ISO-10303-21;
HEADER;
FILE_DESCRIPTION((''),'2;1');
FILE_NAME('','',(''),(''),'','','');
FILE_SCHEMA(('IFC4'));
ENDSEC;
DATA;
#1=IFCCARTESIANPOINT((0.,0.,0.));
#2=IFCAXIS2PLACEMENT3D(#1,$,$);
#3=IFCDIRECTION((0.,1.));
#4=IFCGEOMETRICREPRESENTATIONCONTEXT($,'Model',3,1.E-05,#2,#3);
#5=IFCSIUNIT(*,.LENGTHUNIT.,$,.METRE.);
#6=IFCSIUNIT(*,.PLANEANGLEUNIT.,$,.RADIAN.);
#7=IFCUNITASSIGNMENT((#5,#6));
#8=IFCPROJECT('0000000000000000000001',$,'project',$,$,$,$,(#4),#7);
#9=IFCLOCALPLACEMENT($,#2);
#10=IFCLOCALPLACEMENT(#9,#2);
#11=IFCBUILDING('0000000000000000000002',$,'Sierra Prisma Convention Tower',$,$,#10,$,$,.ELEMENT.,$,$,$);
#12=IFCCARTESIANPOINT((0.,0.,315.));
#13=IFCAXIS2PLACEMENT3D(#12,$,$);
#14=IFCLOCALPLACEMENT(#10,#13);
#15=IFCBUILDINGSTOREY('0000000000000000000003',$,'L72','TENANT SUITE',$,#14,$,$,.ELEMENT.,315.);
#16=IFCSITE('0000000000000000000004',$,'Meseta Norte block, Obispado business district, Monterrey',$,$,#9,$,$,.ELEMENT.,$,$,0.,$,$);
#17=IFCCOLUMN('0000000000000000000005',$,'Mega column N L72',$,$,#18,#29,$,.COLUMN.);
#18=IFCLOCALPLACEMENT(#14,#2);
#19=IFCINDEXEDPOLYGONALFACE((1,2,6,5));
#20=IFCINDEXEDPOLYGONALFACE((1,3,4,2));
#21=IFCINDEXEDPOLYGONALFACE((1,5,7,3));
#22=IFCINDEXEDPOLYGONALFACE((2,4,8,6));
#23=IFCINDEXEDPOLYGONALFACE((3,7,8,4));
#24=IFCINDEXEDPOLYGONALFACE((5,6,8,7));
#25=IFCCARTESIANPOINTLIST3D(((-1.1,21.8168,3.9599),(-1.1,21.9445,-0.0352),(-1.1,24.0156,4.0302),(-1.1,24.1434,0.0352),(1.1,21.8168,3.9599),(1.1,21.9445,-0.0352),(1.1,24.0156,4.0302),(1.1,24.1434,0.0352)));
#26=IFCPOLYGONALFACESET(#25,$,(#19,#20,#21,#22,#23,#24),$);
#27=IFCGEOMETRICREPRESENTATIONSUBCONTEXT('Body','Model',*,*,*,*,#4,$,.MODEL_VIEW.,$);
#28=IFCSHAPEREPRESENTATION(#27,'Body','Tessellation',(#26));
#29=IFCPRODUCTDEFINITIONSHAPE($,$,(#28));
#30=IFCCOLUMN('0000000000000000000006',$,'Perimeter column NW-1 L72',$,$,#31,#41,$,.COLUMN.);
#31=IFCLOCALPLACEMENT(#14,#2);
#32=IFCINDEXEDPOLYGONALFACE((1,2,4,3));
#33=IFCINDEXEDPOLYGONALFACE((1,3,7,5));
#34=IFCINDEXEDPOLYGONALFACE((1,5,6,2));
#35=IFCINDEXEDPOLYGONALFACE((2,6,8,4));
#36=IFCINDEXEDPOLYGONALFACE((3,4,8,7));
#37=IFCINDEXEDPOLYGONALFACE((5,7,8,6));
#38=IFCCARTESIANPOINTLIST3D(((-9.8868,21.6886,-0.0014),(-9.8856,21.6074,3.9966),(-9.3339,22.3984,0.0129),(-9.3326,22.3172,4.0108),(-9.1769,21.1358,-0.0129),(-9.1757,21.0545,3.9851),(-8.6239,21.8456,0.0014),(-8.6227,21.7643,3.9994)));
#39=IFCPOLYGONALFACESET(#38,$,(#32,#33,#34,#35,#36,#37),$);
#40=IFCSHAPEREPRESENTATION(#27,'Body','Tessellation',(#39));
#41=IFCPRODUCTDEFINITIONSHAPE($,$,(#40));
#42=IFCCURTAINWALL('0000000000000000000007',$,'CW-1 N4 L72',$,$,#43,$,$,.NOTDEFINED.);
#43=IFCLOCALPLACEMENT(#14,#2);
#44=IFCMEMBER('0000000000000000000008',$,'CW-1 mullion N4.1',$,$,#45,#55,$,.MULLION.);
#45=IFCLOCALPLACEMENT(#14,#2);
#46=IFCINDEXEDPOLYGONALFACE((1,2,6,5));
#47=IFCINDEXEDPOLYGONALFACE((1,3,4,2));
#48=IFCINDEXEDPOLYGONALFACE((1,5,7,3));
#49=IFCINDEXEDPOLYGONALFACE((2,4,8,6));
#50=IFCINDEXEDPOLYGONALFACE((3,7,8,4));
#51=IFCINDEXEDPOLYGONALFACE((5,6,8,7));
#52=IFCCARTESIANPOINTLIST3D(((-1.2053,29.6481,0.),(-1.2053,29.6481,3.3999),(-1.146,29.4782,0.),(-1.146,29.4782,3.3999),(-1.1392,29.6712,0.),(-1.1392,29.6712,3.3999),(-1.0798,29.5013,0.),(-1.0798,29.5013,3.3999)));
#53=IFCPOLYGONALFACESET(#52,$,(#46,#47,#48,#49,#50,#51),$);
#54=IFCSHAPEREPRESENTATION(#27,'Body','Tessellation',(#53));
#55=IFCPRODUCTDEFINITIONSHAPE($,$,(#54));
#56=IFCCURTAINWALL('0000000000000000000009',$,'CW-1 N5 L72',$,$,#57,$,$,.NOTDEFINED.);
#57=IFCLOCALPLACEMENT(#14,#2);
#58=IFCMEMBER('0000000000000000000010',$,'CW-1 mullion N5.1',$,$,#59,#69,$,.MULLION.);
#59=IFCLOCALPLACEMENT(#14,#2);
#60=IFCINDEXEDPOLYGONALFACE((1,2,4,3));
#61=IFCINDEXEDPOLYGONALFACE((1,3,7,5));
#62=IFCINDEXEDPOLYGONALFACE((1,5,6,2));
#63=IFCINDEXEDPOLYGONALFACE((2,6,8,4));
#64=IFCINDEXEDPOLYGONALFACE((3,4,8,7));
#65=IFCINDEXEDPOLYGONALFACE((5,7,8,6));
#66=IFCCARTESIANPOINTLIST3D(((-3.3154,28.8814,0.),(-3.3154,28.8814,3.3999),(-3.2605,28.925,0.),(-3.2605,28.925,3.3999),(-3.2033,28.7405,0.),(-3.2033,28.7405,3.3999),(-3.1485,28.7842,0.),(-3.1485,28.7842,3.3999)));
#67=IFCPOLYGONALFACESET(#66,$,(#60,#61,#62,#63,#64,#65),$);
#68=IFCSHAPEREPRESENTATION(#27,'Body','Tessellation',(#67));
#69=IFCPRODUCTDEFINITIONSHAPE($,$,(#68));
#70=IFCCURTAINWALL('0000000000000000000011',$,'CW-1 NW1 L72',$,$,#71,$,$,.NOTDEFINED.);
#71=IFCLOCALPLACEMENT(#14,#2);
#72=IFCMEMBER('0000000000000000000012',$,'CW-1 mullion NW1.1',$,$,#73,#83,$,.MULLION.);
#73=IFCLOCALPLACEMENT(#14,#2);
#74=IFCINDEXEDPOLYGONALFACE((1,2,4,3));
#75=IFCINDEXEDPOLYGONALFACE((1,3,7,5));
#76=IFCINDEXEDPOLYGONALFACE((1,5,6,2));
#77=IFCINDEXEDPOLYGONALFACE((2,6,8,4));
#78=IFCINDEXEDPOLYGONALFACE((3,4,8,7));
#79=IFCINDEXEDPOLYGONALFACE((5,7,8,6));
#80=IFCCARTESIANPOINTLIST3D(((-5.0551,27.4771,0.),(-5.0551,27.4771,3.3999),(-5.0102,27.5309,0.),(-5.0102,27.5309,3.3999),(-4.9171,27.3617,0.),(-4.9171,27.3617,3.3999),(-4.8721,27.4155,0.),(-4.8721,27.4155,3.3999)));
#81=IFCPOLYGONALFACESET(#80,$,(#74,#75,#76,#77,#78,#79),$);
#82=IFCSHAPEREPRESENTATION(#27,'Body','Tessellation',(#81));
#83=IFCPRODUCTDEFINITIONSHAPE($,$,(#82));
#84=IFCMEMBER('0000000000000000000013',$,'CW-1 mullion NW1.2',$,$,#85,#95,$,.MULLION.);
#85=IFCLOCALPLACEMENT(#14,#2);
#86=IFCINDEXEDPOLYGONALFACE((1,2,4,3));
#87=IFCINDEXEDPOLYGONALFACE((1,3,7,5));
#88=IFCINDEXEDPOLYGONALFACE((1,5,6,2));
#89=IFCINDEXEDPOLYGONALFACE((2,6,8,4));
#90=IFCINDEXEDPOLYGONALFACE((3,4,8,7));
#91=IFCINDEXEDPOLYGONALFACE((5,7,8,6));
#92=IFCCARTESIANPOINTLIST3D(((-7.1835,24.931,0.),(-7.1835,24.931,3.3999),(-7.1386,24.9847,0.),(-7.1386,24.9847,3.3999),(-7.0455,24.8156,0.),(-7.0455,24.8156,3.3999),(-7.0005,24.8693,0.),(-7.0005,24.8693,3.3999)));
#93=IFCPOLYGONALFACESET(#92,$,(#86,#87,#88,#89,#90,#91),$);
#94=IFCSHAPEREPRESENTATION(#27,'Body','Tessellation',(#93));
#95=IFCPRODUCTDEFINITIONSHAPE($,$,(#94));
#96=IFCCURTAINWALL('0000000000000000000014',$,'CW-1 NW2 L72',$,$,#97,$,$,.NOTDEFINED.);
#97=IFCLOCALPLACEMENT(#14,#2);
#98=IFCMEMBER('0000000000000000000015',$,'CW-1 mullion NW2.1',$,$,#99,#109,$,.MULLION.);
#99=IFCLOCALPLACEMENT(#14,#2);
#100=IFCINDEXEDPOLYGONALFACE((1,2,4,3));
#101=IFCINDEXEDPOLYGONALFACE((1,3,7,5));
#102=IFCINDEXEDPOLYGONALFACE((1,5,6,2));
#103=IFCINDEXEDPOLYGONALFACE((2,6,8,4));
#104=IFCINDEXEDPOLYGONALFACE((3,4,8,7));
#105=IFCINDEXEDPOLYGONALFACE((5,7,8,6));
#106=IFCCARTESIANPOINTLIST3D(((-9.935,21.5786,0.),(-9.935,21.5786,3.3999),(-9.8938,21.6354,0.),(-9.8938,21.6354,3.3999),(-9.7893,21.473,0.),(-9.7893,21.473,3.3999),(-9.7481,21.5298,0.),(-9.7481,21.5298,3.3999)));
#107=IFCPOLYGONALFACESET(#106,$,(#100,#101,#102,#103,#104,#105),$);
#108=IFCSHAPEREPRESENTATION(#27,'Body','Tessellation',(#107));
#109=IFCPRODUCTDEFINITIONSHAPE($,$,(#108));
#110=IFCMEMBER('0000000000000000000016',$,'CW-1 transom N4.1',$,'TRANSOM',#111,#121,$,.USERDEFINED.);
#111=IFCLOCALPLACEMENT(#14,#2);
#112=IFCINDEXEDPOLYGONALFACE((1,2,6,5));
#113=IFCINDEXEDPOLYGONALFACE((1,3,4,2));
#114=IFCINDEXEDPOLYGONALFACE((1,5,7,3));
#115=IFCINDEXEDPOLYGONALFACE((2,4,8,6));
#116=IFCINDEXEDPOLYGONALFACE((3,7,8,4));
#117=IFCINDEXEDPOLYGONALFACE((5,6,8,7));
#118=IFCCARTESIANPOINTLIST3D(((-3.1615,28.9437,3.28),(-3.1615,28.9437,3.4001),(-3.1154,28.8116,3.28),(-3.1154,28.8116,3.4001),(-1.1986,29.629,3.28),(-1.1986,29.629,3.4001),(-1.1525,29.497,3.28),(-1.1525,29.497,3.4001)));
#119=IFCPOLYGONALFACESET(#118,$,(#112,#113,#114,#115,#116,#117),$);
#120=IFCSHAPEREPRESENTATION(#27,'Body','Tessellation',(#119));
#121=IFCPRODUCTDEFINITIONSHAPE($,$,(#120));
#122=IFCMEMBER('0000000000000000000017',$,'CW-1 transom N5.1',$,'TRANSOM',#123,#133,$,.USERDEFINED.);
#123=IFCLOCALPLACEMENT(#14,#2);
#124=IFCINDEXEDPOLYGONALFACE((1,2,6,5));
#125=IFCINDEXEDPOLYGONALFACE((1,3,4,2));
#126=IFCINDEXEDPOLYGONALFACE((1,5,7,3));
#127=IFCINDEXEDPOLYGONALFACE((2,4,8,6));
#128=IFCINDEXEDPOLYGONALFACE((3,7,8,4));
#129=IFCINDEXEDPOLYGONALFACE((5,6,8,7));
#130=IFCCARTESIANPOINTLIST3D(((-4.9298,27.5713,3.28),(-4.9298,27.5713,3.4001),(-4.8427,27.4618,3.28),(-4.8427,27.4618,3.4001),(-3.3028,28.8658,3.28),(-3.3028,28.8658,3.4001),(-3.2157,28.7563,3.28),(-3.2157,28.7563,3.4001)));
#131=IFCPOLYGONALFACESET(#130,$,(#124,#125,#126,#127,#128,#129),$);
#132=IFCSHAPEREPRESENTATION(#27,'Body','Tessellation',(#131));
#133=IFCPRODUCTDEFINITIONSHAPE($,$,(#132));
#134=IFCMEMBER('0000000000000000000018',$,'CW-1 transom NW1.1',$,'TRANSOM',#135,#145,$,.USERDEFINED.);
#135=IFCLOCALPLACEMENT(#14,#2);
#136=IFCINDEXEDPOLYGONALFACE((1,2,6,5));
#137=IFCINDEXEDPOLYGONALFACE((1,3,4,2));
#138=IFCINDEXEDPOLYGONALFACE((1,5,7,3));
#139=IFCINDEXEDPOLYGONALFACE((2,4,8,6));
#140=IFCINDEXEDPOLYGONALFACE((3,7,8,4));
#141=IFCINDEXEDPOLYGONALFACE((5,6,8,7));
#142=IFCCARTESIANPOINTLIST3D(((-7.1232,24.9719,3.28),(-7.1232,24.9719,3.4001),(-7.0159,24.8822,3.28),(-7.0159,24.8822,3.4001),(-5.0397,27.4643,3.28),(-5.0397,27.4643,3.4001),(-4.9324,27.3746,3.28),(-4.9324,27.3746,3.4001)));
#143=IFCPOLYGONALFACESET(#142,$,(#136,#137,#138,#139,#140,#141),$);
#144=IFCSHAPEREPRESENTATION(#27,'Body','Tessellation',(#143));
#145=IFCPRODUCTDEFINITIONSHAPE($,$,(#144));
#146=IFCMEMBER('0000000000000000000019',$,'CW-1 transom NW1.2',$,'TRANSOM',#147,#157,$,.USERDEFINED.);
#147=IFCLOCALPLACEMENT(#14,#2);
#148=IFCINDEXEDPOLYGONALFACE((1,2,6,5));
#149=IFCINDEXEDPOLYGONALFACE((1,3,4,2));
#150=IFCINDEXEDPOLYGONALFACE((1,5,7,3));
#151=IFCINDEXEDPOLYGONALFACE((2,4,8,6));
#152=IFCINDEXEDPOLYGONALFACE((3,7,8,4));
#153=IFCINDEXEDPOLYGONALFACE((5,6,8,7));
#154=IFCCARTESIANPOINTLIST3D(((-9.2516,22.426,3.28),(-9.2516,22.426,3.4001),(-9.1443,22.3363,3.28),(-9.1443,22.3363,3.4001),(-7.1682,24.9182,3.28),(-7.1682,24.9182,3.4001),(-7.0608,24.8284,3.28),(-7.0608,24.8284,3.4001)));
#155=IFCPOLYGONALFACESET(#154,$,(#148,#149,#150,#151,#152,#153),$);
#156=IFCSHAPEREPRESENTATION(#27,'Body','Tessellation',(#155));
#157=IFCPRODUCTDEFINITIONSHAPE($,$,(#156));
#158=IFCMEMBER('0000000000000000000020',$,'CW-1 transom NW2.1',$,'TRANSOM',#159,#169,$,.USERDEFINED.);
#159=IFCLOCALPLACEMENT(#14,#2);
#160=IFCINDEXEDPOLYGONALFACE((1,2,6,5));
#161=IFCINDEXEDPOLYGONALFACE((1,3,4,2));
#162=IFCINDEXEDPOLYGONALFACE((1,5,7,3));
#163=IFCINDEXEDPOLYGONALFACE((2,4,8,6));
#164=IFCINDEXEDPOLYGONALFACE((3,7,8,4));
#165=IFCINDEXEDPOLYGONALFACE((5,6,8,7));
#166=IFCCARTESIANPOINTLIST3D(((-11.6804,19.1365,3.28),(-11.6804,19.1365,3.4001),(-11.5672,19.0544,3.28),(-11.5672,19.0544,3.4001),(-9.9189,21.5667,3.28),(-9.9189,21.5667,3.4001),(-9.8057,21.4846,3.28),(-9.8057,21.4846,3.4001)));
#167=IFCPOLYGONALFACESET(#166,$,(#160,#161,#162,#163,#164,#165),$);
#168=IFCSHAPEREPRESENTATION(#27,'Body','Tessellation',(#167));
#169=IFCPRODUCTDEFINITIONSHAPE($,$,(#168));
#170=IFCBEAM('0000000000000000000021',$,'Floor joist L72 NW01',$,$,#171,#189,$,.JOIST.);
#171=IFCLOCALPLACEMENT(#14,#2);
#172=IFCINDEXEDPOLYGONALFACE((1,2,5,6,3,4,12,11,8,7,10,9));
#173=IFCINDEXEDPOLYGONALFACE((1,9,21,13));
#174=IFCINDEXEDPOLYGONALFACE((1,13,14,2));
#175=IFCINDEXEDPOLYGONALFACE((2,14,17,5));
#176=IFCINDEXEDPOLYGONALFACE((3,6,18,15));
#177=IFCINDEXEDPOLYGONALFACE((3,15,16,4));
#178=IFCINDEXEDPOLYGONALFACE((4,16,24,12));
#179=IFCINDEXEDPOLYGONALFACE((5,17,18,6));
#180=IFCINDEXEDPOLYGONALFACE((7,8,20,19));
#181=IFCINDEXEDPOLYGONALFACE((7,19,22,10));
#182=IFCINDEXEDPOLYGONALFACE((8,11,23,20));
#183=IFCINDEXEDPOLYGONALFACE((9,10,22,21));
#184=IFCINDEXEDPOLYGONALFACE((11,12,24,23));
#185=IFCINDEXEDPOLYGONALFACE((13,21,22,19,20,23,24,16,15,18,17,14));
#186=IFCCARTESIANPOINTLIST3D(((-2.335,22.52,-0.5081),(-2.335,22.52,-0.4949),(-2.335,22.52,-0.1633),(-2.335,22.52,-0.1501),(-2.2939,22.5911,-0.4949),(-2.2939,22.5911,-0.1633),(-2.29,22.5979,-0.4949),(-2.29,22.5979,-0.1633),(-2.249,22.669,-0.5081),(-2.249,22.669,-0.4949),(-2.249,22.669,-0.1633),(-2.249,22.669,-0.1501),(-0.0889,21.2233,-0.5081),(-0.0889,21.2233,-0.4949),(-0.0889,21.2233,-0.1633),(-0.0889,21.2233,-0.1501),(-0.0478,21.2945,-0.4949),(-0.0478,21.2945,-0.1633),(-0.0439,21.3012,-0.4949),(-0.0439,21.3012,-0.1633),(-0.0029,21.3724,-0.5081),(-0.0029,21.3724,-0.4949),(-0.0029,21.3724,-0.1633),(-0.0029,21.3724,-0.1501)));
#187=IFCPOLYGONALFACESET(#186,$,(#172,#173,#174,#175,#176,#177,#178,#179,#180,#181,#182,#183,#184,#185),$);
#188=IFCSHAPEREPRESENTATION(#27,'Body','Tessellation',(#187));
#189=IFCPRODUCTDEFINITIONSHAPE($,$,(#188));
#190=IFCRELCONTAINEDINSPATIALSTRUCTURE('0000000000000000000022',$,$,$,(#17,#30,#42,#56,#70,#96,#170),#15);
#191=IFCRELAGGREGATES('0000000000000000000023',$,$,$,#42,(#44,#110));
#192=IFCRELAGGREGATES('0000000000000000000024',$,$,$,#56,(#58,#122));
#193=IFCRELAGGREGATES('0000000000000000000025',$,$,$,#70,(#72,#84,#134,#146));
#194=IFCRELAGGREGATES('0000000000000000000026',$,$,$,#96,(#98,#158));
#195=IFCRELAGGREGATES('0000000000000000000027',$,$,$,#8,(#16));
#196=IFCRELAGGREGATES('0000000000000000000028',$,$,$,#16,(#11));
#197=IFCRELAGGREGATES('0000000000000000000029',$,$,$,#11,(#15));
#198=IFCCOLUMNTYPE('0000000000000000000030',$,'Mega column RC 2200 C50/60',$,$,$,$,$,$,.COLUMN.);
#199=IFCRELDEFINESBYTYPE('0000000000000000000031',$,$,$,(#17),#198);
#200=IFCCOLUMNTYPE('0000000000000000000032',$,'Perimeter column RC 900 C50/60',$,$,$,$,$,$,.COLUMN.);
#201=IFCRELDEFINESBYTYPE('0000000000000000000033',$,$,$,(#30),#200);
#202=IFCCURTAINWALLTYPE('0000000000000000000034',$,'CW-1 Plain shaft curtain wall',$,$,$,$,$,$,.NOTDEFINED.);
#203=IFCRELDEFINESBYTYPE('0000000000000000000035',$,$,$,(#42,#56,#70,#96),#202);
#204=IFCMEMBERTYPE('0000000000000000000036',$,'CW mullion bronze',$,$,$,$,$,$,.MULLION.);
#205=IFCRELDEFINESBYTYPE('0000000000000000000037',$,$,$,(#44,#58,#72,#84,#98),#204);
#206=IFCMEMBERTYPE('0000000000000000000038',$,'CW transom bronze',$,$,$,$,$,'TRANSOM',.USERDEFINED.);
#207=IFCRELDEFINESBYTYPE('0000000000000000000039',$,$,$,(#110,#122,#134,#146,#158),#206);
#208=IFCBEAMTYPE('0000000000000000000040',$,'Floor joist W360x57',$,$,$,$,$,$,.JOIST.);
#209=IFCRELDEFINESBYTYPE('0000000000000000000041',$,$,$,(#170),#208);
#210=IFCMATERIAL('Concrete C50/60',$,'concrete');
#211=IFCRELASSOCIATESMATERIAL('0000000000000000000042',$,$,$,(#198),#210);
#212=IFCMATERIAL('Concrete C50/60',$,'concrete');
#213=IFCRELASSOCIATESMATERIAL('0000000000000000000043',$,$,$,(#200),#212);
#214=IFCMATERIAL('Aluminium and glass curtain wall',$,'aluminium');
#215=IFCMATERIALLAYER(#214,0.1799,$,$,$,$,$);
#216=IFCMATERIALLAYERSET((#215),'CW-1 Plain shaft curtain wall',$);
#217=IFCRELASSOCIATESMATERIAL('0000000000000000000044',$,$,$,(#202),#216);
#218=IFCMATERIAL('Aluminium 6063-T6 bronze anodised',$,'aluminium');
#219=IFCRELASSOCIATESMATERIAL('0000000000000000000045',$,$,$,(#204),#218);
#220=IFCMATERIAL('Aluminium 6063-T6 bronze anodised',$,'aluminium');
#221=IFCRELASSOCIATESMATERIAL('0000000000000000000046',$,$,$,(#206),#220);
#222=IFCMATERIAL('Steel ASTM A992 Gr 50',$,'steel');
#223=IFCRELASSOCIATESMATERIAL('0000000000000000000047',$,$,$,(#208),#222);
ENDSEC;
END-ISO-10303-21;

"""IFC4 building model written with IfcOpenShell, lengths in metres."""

from ifc_helpers import new_model, si_unit, direction, frame, origin, origin_2d, place, context, subcontext, project, spatial, rectangle, i_section, extrude, clip, halfspace, material, layer, layer_set, material_profile, profile_set, type_object, element, aggregate, save


model = new_model("IFC4")

# Units and contexts
model_context = context("Model", 3, precision=1e-05, world=origin(), true_north=direction((0.0, 1.0)))
body_context = subcontext(model_context, "Body", "Model", "MODEL_VIEW")
ifc_project = project(units=[si_unit("LENGTHUNIT", "METRE"), si_unit("PLANEANGLEUNIT", "RADIAN")], contexts=[model_context])

# Site, building, storey
site_placement = place(None, origin())
site = spatial("IfcSite", under=ifc_project, at=site_placement, Name="Meseta Norte block, Obispado business district, Monterrey", CompositionType="ELEMENT", RefElevation=0.0)
building_placement = place(site_placement, origin())
building = spatial("IfcBuilding", under=site, at=building_placement, Name="Sierra Prisma Convention Tower", CompositionType="ELEMENT")
storey_placement = place(building_placement, frame((0.0, 0.0, 315.0)))
storey = spatial("IfcBuildingStorey", under=building, at=storey_placement, Name="L72", Description="TENANT SUITE", CompositionType="ELEMENT", Elevation=315.0)

# Columns
ifc_material_1 = material(Name="Concrete C50/60", Category="concrete")
ifc_material_profile_1 = material_profile(ifc_material_1, rectangle(XDim=2.2, YDim=2.2, at=origin_2d()), Name="Mega column RC 2200 C50/60")
ifc_profile_set_1 = profile_set([ifc_material_profile_1], Name="Concrete C50/60")
column_type_1 = type_object("IfcColumnType", Name="Mega column RC 2200 C50/60", PredefinedType="COLUMN", material=ifc_profile_set_1)
column_1_placement = place(storey_placement, frame((0.0, 23.0439, 0.0), z_axis=(0.0, -0.031966, 0.999489), x_axis=(1.0, 0.0, 0.0)))
element("IfcColumn", 1, at=column_1_placement, inside=storey, type_object=column_type_1, Name="Mega column N L72", PredefinedType="COLUMN", context=body_context, shape_type="SweptSolid", body=[
    clip(extrude(rectangle(XDim=2.2, YDim=2.2, at=origin_2d()), origin(), (0.0, 0.0, 1.0), 4.002), halfspace(frame((0.0, 0.0, 3.9971)), False)),
])
ifc_material_2 = material(Name="Concrete C50/60", Category="concrete")
ifc_material_profile_2 = material_profile(ifc_material_2, rectangle(XDim=0.8999, YDim=0.8999, at=origin_2d()), Name="Perimeter column RC 900 C50/60")
ifc_profile_set_2 = profile_set([ifc_material_profile_2], Name="Concrete C50/60")
column_type_2 = type_object("IfcColumnType", Name="Perimeter column RC 900 C50/60", PredefinedType="COLUMN", material=ifc_profile_set_2)
column_2_placement = place(storey_placement, frame((-9.2554, 21.7671, 0.0), z_axis=(0.000305, -0.020321, 0.999793), x_axis=(0.614499, 0.788759, 0.015844)))
element("IfcColumn", 2, at=column_2_placement, inside=storey, type_object=column_type_2, Name="Perimeter column NW-1 L72", PredefinedType="COLUMN", context=body_context, shape_type="SweptSolid", body=[
    clip(extrude(rectangle(XDim=0.8999, YDim=0.8999, at=origin_2d()), origin(), (0.0, 0.0, 1.0), 4.0007), halfspace(frame((0.0, 0.0, 3.9988)), False)),
])

# Curtain walls, members
ifc_material_3 = material(Name="Aluminium and glass curtain wall", Category="aluminium")
ifc_layer_1 = layer(ifc_material_3, 0.1799)
ifc_layer_set_1 = layer_set([ifc_layer_1], Name="CW-1 Plain shaft curtain wall")
curtain_wall_type = type_object("IfcCurtainWallType", Name="CW-1 Plain shaft curtain wall", PredefinedType="NOTDEFINED", material=ifc_layer_set_1)
curtain_wall_1_placement = place(storey_placement, origin())
curtain_wall_1 = element("IfcCurtainWall", 3, at=curtain_wall_1_placement, inside=storey, type_object=curtain_wall_type, Name="CW-1 N4 L72", PredefinedType="NOTDEFINED")
ifc_material_4 = material(Name="Aluminium 6063-T6 bronze anodised", Category="aluminium")
ifc_material_profile_3 = material_profile(ifc_material_4, rectangle(XDim=0.1799, YDim=0.0701, at=origin_2d()), Name="ALU MULLION 70x180")
ifc_profile_set_3 = profile_set([ifc_material_profile_3], Name="Aluminium 6063-T6 bronze anodised")
member_type_1 = type_object("IfcMemberType", Name="CW mullion bronze", PredefinedType="MULLION", material=ifc_profile_set_3)
member_1_placement = place(storey_placement, frame((-1.1426, 29.5747, 0.0), z_axis=(0.0, 0.0, 1.0), x_axis=(0.329702, -0.944085, 0.0)))
member_1 = element("IfcMember", 4, at=member_1_placement, type_object=member_type_1, Name="CW-1 mullion N4.1", PredefinedType="MULLION", context=body_context, shape_type="SweptSolid", body=[
    extrude(rectangle(XDim=0.1799, YDim=0.0701, at=origin_2d()), origin(), (0.0, 0.0, 1.0), 3.3999),
])
curtain_wall_2_placement = place(storey_placement, origin())
curtain_wall_2 = element("IfcCurtainWall", 5, at=curtain_wall_2_placement, inside=storey, type_object=curtain_wall_type, Name="CW-1 N5 L72", PredefinedType="NOTDEFINED")
member_2_placement = place(storey_placement, frame((-3.2319, 28.8328, 0.0), z_axis=(0.0, 0.0, 1.0), x_axis=(0.622534, -0.782593, 0.0)))
member_2 = element("IfcMember", 6, at=member_2_placement, type_object=member_type_1, Name="CW-1 mullion N5.1", PredefinedType="MULLION", context=body_context, shape_type="SweptSolid", body=[
    extrude(rectangle(XDim=0.1799, YDim=0.0701, at=origin_2d()), origin(), (0.0, 0.0, 1.0), 3.3999),
])

# Curtain wall, members
curtain_wall_3_placement = place(storey_placement, origin())
curtain_wall_3 = element("IfcCurtainWall", 7, at=curtain_wall_3_placement, inside=storey, type_object=curtain_wall_type, Name="CW-1 NW1 L72", PredefinedType="NOTDEFINED")
member_3_placement = place(storey_placement, frame((-4.9636, 27.4463, 0.0), z_axis=(0.0, 0.0, 1.0), x_axis=(0.767229, -0.641374, 0.0)))
member_3 = element("IfcMember", 8, at=member_3_placement, type_object=member_type_1, Name="CW-1 mullion NW1.1", PredefinedType="MULLION", context=body_context, shape_type="SweptSolid", body=[
    extrude(rectangle(XDim=0.1799, YDim=0.0701, at=origin_2d()), origin(), (0.0, 0.0, 1.0), 3.3999),
])
member_4_placement = place(storey_placement, frame((-7.092, 24.9001, 0.0), z_axis=(0.0, 0.0, 1.0), x_axis=(0.767229, -0.641374, 0.0)))
member_4 = element("IfcMember", 9, at=member_4_placement, type_object=member_type_1, Name="CW-1 mullion NW1.2", PredefinedType="MULLION", context=body_context, shape_type="SweptSolid", body=[
    extrude(rectangle(XDim=0.1799, YDim=0.0701, at=origin_2d()), origin(), (0.0, 0.0, 1.0), 3.3999),
])

# Curtain wall, member
curtain_wall_4_placement = place(storey_placement, origin())
curtain_wall_4 = element("IfcCurtainWall", 10, at=curtain_wall_4_placement, inside=storey, type_object=curtain_wall_type, Name="CW-1 NW2 L72", PredefinedType="NOTDEFINED")
member_5_placement = place(storey_placement, frame((-9.8416, 21.5542, 0.0), z_axis=(0.0, 0.0, 1.0), x_axis=(0.809667, -0.58689, 0.0)))
member_5 = element("IfcMember", 11, at=member_5_placement, type_object=member_type_1, Name="CW-1 mullion NW2.1", PredefinedType="MULLION", context=body_context, shape_type="SweptSolid", body=[
    extrude(rectangle(XDim=0.1799, YDim=0.0701, at=origin_2d()), origin(), (0.0, 0.0, 1.0), 3.3999),
])

# Members
ifc_material_5 = material(Name="Aluminium 6063-T6 bronze anodised", Category="aluminium")
ifc_material_profile_4 = material_profile(ifc_material_5, rectangle(XDim=0.1399, YDim=0.1201, at=origin_2d()), Name="ALU TRANSOM 120x140")
ifc_profile_set_4 = profile_set([ifc_material_profile_4], Name="Aluminium 6063-T6 bronze anodised")
member_type_2 = type_object("IfcMemberType", Name="CW transom bronze", ElementType="TRANSOM", PredefinedType="USERDEFINED", material=ifc_profile_set_4)
member_6_placement = place(storey_placement, frame((-1.1755, 29.563, 3.3401), z_axis=(-0.944114, -0.329618, 0.0), x_axis=(0.329618, -0.944114, 0.0)))
member_6 = element("IfcMember", 12, at=member_6_placement, type_object=member_type_2, Name="CW-1 transom N4.1", ObjectType="TRANSOM", PredefinedType="USERDEFINED", context=body_context, shape_type="SweptSolid", body=[
    extrude(rectangle(XDim=0.1399, YDim=0.1201, at=origin_2d()), origin(), (0.0, 0.0, 1.0), 2.0791),
])
member_7_placement = place(storey_placement, frame((-3.2593, 28.811, 3.3401), z_axis=(-0.782539, -0.622602, 0.0), x_axis=(0.622602, -0.782539, 0.0)))
member_7 = element("IfcMember", 13, at=member_7_placement, type_object=member_type_2, Name="CW-1 transom N5.1", ObjectType="TRANSOM", PredefinedType="USERDEFINED", context=body_context, shape_type="SweptSolid", body=[
    extrude(rectangle(XDim=0.1399, YDim=0.1201, at=origin_2d()), origin(), (0.0, 0.0, 1.0), 2.0791),
])
member_8_placement = place(storey_placement, frame((-4.9861, 27.4194, 3.3401), z_axis=(-0.641359, -0.767241, 0.0), x_axis=(0.767241, -0.641359, 0.0)))
member_8 = element("IfcMember", 14, at=member_8_placement, type_object=member_type_2, Name="CW-1 transom NW1.1", ObjectType="TRANSOM", PredefinedType="USERDEFINED", context=body_context, shape_type="SweptSolid", body=[
    extrude(rectangle(XDim=0.1399, YDim=0.1201, at=origin_2d()), origin(), (0.0, 0.0, 1.0), 3.2485),
])
member_9_placement = place(storey_placement, frame((-7.1145, 24.8733, 3.3401), z_axis=(-0.641396, -0.76721, 0.0), x_axis=(0.76721, -0.641396, 0.0)))
member_9 = element("IfcMember", 15, at=member_9_placement, type_object=member_type_2, Name="CW-1 transom NW1.2", ObjectType="TRANSOM", PredefinedType="USERDEFINED", context=body_context, shape_type="SweptSolid", body=[
    extrude(rectangle(XDim=0.1399, YDim=0.1201, at=origin_2d()), origin(), (0.0, 0.0, 1.0), 3.2483),
])
member_10_placement = place(storey_placement, frame((-9.8623, 21.5256, 3.3401), z_axis=(-0.58688, -0.809674, 0.0), x_axis=(0.809674, -0.58688, 0.0)))
member_10 = element("IfcMember", 16, at=member_10_placement, type_object=member_type_2, Name="CW-1 transom NW2.1", ObjectType="TRANSOM", PredefinedType="USERDEFINED", context=body_context, shape_type="SweptSolid", body=[
    extrude(rectangle(XDim=0.1399, YDim=0.1201, at=origin_2d()), origin(), (0.0, 0.0, 1.0), 3.0015),
])

# Beam
ifc_material_6 = material(Name="Steel ASTM A992 Gr 50", Category="steel")
ifc_material_profile_5 = material_profile(ifc_material_6, i_section(OverallWidth=0.1721, OverallDepth=0.3579, WebThickness=0.0078, FlangeThickness=0.0132, at=origin_2d()), Name="W360x57")
ifc_profile_set_5 = profile_set([ifc_material_profile_5], Name="Steel ASTM A992 Gr 50")
beam_type_1 = type_object("IfcBeamType", Name="Floor joist W360x57", PredefinedType="JOIST", material=ifc_profile_set_5)
beam_1_placement = place(storey_placement, frame((-2.292, 22.5945, -0.3291), z_axis=(0.866051, -0.499956, 0.0), x_axis=(0.499956, 0.866051, 0.0)))
element("IfcBeam", 17, at=beam_1_placement, inside=storey, type_object=beam_type_1, Name="Floor joist L72 NW01", PredefinedType="JOIST", context=body_context, shape_type="SweptSolid", body=[
    extrude(i_section(OverallWidth=0.1721, OverallDepth=0.3579, WebThickness=0.0078, FlangeThickness=0.0132, at=origin_2d()), origin(), (0.0, 0.0, 1.0), 2.5935),
])

aggregate(curtain_wall_1, [member_1, member_6])
aggregate(curtain_wall_2, [member_2, member_7])
aggregate(curtain_wall_3, [member_3, member_4, member_8, member_9])
aggregate(curtain_wall_4, [member_5, member_10])

save(model, "model.ifc")
